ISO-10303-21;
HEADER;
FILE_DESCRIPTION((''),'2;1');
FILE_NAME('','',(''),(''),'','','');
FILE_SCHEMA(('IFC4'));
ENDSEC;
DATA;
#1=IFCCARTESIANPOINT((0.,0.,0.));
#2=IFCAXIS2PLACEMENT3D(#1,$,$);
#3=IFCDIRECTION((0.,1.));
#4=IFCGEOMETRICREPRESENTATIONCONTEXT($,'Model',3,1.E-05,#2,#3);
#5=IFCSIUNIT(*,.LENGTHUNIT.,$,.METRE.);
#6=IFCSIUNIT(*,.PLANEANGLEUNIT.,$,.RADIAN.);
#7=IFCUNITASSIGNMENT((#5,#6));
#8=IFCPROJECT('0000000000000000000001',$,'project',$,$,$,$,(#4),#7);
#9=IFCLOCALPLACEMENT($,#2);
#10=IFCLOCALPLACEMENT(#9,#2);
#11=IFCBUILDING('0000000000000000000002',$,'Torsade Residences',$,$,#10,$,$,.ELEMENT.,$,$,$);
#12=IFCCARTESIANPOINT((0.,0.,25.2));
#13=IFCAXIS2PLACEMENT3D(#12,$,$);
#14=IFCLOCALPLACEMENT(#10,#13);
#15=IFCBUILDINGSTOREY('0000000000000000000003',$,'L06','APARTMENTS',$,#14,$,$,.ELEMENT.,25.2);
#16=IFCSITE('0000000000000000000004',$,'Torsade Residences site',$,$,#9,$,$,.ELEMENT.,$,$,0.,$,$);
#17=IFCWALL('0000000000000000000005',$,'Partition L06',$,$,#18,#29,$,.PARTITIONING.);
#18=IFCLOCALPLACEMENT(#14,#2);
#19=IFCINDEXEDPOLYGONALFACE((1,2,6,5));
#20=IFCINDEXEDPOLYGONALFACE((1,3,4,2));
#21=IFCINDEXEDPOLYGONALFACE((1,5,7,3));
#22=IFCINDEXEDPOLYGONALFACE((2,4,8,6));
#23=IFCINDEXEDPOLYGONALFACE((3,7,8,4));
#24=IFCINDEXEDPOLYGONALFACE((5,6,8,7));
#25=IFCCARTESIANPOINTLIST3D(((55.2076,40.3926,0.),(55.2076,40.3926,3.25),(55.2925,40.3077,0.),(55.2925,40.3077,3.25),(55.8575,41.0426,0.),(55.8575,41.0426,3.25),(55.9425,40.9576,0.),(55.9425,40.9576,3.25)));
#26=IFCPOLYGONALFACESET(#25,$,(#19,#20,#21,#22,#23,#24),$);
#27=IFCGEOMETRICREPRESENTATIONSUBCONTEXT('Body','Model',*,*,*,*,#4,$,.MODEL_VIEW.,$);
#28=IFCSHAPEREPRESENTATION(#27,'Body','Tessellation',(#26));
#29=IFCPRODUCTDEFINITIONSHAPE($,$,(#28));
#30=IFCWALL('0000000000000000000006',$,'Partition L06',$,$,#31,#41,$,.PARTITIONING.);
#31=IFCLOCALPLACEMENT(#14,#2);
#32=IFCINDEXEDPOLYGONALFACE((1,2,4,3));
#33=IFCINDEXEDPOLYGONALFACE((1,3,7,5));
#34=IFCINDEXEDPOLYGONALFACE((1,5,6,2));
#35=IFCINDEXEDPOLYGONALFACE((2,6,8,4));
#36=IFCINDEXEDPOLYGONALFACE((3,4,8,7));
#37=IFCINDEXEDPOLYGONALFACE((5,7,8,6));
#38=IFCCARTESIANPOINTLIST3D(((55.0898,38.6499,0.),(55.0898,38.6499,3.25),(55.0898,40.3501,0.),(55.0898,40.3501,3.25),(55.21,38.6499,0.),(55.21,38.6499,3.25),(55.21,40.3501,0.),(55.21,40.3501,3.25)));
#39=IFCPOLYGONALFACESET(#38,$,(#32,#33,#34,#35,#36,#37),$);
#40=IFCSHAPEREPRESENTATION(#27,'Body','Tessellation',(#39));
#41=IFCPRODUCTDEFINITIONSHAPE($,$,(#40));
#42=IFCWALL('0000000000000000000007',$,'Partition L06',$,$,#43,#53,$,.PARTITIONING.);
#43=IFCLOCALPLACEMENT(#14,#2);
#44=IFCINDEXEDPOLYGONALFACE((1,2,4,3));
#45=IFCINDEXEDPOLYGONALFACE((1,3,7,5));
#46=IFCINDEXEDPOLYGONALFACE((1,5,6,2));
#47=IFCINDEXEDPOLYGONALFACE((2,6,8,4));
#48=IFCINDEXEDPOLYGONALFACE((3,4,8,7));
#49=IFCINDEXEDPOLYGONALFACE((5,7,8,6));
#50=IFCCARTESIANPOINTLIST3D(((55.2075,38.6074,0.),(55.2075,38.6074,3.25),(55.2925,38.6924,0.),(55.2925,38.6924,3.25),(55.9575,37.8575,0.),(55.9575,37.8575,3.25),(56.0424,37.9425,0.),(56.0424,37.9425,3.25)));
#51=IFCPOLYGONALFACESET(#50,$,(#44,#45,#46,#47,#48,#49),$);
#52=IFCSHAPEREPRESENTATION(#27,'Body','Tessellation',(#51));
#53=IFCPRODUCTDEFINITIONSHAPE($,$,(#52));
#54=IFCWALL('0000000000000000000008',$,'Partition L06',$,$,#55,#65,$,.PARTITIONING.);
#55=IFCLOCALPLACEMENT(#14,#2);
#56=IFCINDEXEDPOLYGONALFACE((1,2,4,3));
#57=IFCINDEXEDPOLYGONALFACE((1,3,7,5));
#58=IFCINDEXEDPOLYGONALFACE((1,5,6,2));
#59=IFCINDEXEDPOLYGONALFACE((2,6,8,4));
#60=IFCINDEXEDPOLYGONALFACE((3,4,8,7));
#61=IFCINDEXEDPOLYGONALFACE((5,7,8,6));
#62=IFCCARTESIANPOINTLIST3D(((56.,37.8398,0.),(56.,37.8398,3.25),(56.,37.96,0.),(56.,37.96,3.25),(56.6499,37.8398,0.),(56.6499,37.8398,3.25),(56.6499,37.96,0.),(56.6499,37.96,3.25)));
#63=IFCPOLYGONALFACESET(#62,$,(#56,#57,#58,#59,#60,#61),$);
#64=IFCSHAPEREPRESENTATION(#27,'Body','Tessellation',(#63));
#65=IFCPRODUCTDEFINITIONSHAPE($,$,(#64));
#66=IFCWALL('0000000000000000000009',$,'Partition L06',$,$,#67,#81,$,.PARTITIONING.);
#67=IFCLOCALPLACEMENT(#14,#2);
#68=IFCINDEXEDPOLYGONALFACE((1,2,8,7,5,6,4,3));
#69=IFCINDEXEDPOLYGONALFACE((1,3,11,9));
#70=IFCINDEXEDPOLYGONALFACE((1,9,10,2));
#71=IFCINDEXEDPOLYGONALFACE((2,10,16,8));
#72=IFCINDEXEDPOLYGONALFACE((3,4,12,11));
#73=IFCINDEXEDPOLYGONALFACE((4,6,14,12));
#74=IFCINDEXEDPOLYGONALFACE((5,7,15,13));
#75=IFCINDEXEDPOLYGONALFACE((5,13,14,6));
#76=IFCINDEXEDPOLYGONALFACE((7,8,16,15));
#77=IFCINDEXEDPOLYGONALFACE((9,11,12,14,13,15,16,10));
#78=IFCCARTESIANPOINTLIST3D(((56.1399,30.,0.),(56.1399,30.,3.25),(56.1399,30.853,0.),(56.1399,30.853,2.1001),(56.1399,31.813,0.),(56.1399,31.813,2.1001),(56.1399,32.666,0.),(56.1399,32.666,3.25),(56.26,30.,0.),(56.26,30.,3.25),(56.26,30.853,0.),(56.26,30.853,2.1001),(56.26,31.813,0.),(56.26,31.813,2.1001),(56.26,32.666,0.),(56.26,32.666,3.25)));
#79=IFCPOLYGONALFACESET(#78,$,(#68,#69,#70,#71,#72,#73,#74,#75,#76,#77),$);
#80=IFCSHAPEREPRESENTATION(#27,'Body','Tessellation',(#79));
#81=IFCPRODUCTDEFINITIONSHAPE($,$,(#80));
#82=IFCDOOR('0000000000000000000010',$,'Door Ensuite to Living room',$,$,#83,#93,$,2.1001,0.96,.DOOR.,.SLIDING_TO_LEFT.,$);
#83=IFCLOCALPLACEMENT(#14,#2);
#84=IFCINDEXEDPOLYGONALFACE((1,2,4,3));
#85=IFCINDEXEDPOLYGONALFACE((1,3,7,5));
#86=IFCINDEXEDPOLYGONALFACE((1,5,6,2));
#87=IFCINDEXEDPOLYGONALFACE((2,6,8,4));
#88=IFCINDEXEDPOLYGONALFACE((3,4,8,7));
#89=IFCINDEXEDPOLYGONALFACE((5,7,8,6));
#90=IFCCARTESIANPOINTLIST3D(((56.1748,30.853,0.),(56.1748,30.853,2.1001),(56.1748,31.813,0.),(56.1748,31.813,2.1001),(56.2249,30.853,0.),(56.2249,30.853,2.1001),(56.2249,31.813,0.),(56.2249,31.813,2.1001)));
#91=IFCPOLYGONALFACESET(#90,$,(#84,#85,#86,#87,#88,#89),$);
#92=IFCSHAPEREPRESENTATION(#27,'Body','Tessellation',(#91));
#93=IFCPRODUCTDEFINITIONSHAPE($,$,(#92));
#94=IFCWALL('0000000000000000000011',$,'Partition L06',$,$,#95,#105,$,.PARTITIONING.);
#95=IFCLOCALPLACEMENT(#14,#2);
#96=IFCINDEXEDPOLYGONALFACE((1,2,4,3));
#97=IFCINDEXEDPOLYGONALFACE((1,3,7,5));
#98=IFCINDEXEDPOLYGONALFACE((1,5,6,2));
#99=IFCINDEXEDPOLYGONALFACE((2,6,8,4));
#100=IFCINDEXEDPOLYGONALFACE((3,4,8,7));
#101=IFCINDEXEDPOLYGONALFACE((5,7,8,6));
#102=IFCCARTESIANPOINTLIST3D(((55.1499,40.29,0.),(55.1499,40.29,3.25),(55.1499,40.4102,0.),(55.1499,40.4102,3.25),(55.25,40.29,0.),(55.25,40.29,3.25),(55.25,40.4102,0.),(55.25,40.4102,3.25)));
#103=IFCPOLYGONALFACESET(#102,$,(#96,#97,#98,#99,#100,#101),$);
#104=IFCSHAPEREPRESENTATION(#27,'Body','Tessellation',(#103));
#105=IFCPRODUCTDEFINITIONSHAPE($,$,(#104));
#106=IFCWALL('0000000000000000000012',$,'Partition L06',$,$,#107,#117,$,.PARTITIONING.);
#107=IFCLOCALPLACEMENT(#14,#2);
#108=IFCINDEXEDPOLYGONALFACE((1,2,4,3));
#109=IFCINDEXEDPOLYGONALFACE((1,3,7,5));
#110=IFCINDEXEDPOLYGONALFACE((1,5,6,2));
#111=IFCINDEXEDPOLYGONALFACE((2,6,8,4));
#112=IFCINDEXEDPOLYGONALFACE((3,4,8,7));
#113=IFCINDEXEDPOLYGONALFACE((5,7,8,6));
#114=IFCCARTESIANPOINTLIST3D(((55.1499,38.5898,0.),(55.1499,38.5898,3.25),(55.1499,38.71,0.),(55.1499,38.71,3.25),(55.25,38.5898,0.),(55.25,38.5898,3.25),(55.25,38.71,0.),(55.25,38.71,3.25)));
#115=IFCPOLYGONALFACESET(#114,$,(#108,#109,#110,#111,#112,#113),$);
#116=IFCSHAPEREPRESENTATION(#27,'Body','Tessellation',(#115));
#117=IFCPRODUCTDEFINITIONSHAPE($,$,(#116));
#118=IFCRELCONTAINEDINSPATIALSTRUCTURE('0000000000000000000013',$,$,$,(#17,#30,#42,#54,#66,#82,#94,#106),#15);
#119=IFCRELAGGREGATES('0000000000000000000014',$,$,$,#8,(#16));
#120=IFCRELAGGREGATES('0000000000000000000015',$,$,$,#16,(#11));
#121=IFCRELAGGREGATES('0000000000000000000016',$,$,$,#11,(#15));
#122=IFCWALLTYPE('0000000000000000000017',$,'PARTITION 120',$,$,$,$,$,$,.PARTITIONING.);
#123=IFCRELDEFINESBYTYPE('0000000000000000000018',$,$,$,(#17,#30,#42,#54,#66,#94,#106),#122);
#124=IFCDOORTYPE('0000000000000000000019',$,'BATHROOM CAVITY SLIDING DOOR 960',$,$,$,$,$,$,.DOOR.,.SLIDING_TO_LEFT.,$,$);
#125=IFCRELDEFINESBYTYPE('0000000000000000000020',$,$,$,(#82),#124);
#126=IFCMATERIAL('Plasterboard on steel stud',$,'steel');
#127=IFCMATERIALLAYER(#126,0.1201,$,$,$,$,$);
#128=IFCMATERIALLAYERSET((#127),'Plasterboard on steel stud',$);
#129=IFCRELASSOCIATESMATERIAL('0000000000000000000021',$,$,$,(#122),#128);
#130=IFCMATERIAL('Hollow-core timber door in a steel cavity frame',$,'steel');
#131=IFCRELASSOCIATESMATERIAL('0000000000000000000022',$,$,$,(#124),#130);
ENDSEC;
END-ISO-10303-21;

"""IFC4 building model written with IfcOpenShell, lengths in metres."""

from ifc_helpers import new_model, si_unit, direction, frame, frame_2d, origin, place, context, subcontext, project, spatial, rectangle, extrude, material, layer, layer_set, type_object, element, fill, save


model = new_model("IFC4")

# Units and contexts
model_context = context("Model", 3, precision=1e-05, world=origin(), true_north=direction((0.0, 1.0)))
body_context = subcontext(model_context, "Body", "Model", "MODEL_VIEW")
ifc_project = project(units=[si_unit("LENGTHUNIT", "METRE"), si_unit("PLANEANGLEUNIT", "RADIAN")], contexts=[model_context])

# Site, building, storey
site_placement = place(None, origin())
site = spatial("IfcSite", under=ifc_project, at=site_placement, Name="Torsade Residences site", CompositionType="ELEMENT", RefElevation=0.0)
building_placement = place(site_placement, origin())
building = spatial("IfcBuilding", under=site, at=building_placement, Name="Torsade Residences", CompositionType="ELEMENT")
storey_placement = place(building_placement, frame((0.0, 0.0, 25.2)))
storey = spatial("IfcBuildingStorey", under=building, at=storey_placement, Name="L06", Description="APARTMENTS", CompositionType="ELEMENT", Elevation=25.2)

# Shared definitions
ifc_material_1 = material(Name="Plasterboard on steel stud", Category="steel")
ifc_layer_1 = layer(ifc_material_1, 0.1201)
ifc_layer_set_1 = layer_set([ifc_layer_1], Name="Plasterboard on steel stud")
wall_type_1 = type_object("IfcWallType", Name="PARTITION 120", PredefinedType="PARTITIONING", material=ifc_layer_set_1)
ifc_material_2 = material(Name="Hollow-core timber door in a steel cavity frame", Category="steel")
door_type_1 = type_object("IfcDoorType", Name="BATHROOM CAVITY SLIDING DOOR 960", OperationType="SLIDING_TO_LEFT", PredefinedType="DOOR", material=ifc_material_2)

# Walls
wall_1_placement = place(storey_placement, frame((55.8999, 41.0, 0.0), z_axis=(0.0, 0.0, 1.0), x_axis=(-0.707107, -0.707107, 0.0)))
element("IfcWall", 1, at=wall_1_placement, inside=storey, type_object=wall_type_1, Name="Partition L06", PredefinedType="PARTITIONING", context=body_context, shape_type="SweptSolid", body=[
    extrude(rectangle(XDim=0.9192, YDim=0.1201, at=frame_2d((0.4595, 0.0))), origin(), (0.0, 0.0, 1.0), 3.25),
])
wall_2_placement = place(storey_placement, frame((55.1499, 40.3501, 0.0), z_axis=(0.0, 0.0, 1.0), x_axis=(0.0, -1.0, 0.0)))
element("IfcWall", 2, at=wall_2_placement, inside=storey, type_object=wall_type_1, Name="Partition L06", PredefinedType="PARTITIONING", context=body_context, shape_type="SweptSolid", body=[
    extrude(rectangle(XDim=1.7002, YDim=0.1201, at=frame_2d((0.8501, 0.0))), origin(), (0.0, 0.0, 1.0), 3.25),
])
wall_3_placement = place(storey_placement, frame((55.25, 38.6499, 0.0), z_axis=(0.0, 0.0, 1.0), x_axis=(0.707107, -0.707107, 0.0)))
element("IfcWall", 3, at=wall_3_placement, inside=storey, type_object=wall_type_1, Name="Partition L06", PredefinedType="PARTITIONING", context=body_context, shape_type="SweptSolid", body=[
    extrude(rectangle(XDim=1.0605, YDim=0.1201, at=frame_2d((0.5303, 0.0))), origin(), (0.0, 0.0, 1.0), 3.25),
])
wall_4_placement = place(storey_placement, frame((56.0, 37.8999, 0.0), z_axis=(0.0, 0.0, 1.0), x_axis=(1.0, 0.0, 0.0)))
element("IfcWall", 4, at=wall_4_placement, inside=storey, type_object=wall_type_1, Name="Partition L06", PredefinedType="PARTITIONING", context=body_context, shape_type="SweptSolid", body=[
    extrude(rectangle(XDim=0.6499, YDim=0.1201, at=frame_2d((0.325, 0.0))), origin(), (0.0, 0.0, 1.0), 3.25),
])

# Wall, opening, door
wall_5_placement = place(storey_placement, frame((56.2, 32.666, 0.0), z_axis=(0.0, 0.0, 1.0), x_axis=(0.0, -1.0, 0.0)))
wall_5 = element("IfcWall", 5, at=wall_5_placement, inside=storey, type_object=wall_type_1, Name="Partition L06", PredefinedType="PARTITIONING", context=body_context, shape_type="SweptSolid", body=[
    extrude(rectangle(XDim=2.666, YDim=0.1201, at=frame_2d((1.333, 0.0))), origin(), (0.0, 0.0, 1.0), 3.25),
])
opening_1_placement = place(wall_5_placement, frame((0.853, 0.0, 0.0)))
opening_1 = element("IfcOpeningElement", 6, at=opening_1_placement, cuts=wall_5, PredefinedType="OPENING", context=body_context, shape_type="SweptSolid", body=[
    extrude(rectangle(XDim=0.96, YDim=2.1001, at=frame_2d((0.48, 1.05))), frame((0.0, 0.0701, 0.0), z_axis=(0.0, -1.0, 0.0), x_axis=(1.0, 0.0, 0.0)), (0.0, 0.0, 1.0), 0.1401),
])
door_1_placement = place(opening_1_placement, origin())
door_1 = element("IfcDoor", 7, at=door_1_placement, inside=storey, type_object=door_type_1, Name="Door Ensuite to Living room", OperationType="SLIDING_TO_LEFT", OverallHeight=2.1001, OverallWidth=0.96, PredefinedType="DOOR", context=body_context, shape_type="SweptSolid", body=[
    extrude(rectangle(XDim=0.96, YDim=2.1001, at=frame_2d((0.48, 1.05))), frame((0.0, 0.0249, 0.0), z_axis=(0.0, -1.0, 0.0), x_axis=(1.0, 0.0, 0.0)), (0.0, 0.0, 1.0), 0.05),
])
fill(opening_1, door_1)

# Walls
for number, where, z_axis, x_axis, name in (
    (8, (55.1499, 40.3501, 0.0), (0.0, 0.0, 1.0), (1.0, 0.0, 0.0), "Partition L06"),
    (9, (55.1499, 38.6499, 0.0), (0.0, 0.0, 1.0), (1.0, 0.0, 0.0), "Partition L06"),
):
    element("IfcWall", number, at=place(storey_placement, frame(where, z_axis=z_axis, x_axis=x_axis)), inside=storey, type_object=wall_type_1, Name=name, PredefinedType="PARTITIONING", context=body_context, shape_type="SweptSolid", body=[
        extrude(rectangle(XDim=0.1001, YDim=0.1201, at=frame_2d((0.05, 0.0))), origin(), (0.0, 0.0, 1.0), 3.25),
    ])

save(model, "model.ifc")
